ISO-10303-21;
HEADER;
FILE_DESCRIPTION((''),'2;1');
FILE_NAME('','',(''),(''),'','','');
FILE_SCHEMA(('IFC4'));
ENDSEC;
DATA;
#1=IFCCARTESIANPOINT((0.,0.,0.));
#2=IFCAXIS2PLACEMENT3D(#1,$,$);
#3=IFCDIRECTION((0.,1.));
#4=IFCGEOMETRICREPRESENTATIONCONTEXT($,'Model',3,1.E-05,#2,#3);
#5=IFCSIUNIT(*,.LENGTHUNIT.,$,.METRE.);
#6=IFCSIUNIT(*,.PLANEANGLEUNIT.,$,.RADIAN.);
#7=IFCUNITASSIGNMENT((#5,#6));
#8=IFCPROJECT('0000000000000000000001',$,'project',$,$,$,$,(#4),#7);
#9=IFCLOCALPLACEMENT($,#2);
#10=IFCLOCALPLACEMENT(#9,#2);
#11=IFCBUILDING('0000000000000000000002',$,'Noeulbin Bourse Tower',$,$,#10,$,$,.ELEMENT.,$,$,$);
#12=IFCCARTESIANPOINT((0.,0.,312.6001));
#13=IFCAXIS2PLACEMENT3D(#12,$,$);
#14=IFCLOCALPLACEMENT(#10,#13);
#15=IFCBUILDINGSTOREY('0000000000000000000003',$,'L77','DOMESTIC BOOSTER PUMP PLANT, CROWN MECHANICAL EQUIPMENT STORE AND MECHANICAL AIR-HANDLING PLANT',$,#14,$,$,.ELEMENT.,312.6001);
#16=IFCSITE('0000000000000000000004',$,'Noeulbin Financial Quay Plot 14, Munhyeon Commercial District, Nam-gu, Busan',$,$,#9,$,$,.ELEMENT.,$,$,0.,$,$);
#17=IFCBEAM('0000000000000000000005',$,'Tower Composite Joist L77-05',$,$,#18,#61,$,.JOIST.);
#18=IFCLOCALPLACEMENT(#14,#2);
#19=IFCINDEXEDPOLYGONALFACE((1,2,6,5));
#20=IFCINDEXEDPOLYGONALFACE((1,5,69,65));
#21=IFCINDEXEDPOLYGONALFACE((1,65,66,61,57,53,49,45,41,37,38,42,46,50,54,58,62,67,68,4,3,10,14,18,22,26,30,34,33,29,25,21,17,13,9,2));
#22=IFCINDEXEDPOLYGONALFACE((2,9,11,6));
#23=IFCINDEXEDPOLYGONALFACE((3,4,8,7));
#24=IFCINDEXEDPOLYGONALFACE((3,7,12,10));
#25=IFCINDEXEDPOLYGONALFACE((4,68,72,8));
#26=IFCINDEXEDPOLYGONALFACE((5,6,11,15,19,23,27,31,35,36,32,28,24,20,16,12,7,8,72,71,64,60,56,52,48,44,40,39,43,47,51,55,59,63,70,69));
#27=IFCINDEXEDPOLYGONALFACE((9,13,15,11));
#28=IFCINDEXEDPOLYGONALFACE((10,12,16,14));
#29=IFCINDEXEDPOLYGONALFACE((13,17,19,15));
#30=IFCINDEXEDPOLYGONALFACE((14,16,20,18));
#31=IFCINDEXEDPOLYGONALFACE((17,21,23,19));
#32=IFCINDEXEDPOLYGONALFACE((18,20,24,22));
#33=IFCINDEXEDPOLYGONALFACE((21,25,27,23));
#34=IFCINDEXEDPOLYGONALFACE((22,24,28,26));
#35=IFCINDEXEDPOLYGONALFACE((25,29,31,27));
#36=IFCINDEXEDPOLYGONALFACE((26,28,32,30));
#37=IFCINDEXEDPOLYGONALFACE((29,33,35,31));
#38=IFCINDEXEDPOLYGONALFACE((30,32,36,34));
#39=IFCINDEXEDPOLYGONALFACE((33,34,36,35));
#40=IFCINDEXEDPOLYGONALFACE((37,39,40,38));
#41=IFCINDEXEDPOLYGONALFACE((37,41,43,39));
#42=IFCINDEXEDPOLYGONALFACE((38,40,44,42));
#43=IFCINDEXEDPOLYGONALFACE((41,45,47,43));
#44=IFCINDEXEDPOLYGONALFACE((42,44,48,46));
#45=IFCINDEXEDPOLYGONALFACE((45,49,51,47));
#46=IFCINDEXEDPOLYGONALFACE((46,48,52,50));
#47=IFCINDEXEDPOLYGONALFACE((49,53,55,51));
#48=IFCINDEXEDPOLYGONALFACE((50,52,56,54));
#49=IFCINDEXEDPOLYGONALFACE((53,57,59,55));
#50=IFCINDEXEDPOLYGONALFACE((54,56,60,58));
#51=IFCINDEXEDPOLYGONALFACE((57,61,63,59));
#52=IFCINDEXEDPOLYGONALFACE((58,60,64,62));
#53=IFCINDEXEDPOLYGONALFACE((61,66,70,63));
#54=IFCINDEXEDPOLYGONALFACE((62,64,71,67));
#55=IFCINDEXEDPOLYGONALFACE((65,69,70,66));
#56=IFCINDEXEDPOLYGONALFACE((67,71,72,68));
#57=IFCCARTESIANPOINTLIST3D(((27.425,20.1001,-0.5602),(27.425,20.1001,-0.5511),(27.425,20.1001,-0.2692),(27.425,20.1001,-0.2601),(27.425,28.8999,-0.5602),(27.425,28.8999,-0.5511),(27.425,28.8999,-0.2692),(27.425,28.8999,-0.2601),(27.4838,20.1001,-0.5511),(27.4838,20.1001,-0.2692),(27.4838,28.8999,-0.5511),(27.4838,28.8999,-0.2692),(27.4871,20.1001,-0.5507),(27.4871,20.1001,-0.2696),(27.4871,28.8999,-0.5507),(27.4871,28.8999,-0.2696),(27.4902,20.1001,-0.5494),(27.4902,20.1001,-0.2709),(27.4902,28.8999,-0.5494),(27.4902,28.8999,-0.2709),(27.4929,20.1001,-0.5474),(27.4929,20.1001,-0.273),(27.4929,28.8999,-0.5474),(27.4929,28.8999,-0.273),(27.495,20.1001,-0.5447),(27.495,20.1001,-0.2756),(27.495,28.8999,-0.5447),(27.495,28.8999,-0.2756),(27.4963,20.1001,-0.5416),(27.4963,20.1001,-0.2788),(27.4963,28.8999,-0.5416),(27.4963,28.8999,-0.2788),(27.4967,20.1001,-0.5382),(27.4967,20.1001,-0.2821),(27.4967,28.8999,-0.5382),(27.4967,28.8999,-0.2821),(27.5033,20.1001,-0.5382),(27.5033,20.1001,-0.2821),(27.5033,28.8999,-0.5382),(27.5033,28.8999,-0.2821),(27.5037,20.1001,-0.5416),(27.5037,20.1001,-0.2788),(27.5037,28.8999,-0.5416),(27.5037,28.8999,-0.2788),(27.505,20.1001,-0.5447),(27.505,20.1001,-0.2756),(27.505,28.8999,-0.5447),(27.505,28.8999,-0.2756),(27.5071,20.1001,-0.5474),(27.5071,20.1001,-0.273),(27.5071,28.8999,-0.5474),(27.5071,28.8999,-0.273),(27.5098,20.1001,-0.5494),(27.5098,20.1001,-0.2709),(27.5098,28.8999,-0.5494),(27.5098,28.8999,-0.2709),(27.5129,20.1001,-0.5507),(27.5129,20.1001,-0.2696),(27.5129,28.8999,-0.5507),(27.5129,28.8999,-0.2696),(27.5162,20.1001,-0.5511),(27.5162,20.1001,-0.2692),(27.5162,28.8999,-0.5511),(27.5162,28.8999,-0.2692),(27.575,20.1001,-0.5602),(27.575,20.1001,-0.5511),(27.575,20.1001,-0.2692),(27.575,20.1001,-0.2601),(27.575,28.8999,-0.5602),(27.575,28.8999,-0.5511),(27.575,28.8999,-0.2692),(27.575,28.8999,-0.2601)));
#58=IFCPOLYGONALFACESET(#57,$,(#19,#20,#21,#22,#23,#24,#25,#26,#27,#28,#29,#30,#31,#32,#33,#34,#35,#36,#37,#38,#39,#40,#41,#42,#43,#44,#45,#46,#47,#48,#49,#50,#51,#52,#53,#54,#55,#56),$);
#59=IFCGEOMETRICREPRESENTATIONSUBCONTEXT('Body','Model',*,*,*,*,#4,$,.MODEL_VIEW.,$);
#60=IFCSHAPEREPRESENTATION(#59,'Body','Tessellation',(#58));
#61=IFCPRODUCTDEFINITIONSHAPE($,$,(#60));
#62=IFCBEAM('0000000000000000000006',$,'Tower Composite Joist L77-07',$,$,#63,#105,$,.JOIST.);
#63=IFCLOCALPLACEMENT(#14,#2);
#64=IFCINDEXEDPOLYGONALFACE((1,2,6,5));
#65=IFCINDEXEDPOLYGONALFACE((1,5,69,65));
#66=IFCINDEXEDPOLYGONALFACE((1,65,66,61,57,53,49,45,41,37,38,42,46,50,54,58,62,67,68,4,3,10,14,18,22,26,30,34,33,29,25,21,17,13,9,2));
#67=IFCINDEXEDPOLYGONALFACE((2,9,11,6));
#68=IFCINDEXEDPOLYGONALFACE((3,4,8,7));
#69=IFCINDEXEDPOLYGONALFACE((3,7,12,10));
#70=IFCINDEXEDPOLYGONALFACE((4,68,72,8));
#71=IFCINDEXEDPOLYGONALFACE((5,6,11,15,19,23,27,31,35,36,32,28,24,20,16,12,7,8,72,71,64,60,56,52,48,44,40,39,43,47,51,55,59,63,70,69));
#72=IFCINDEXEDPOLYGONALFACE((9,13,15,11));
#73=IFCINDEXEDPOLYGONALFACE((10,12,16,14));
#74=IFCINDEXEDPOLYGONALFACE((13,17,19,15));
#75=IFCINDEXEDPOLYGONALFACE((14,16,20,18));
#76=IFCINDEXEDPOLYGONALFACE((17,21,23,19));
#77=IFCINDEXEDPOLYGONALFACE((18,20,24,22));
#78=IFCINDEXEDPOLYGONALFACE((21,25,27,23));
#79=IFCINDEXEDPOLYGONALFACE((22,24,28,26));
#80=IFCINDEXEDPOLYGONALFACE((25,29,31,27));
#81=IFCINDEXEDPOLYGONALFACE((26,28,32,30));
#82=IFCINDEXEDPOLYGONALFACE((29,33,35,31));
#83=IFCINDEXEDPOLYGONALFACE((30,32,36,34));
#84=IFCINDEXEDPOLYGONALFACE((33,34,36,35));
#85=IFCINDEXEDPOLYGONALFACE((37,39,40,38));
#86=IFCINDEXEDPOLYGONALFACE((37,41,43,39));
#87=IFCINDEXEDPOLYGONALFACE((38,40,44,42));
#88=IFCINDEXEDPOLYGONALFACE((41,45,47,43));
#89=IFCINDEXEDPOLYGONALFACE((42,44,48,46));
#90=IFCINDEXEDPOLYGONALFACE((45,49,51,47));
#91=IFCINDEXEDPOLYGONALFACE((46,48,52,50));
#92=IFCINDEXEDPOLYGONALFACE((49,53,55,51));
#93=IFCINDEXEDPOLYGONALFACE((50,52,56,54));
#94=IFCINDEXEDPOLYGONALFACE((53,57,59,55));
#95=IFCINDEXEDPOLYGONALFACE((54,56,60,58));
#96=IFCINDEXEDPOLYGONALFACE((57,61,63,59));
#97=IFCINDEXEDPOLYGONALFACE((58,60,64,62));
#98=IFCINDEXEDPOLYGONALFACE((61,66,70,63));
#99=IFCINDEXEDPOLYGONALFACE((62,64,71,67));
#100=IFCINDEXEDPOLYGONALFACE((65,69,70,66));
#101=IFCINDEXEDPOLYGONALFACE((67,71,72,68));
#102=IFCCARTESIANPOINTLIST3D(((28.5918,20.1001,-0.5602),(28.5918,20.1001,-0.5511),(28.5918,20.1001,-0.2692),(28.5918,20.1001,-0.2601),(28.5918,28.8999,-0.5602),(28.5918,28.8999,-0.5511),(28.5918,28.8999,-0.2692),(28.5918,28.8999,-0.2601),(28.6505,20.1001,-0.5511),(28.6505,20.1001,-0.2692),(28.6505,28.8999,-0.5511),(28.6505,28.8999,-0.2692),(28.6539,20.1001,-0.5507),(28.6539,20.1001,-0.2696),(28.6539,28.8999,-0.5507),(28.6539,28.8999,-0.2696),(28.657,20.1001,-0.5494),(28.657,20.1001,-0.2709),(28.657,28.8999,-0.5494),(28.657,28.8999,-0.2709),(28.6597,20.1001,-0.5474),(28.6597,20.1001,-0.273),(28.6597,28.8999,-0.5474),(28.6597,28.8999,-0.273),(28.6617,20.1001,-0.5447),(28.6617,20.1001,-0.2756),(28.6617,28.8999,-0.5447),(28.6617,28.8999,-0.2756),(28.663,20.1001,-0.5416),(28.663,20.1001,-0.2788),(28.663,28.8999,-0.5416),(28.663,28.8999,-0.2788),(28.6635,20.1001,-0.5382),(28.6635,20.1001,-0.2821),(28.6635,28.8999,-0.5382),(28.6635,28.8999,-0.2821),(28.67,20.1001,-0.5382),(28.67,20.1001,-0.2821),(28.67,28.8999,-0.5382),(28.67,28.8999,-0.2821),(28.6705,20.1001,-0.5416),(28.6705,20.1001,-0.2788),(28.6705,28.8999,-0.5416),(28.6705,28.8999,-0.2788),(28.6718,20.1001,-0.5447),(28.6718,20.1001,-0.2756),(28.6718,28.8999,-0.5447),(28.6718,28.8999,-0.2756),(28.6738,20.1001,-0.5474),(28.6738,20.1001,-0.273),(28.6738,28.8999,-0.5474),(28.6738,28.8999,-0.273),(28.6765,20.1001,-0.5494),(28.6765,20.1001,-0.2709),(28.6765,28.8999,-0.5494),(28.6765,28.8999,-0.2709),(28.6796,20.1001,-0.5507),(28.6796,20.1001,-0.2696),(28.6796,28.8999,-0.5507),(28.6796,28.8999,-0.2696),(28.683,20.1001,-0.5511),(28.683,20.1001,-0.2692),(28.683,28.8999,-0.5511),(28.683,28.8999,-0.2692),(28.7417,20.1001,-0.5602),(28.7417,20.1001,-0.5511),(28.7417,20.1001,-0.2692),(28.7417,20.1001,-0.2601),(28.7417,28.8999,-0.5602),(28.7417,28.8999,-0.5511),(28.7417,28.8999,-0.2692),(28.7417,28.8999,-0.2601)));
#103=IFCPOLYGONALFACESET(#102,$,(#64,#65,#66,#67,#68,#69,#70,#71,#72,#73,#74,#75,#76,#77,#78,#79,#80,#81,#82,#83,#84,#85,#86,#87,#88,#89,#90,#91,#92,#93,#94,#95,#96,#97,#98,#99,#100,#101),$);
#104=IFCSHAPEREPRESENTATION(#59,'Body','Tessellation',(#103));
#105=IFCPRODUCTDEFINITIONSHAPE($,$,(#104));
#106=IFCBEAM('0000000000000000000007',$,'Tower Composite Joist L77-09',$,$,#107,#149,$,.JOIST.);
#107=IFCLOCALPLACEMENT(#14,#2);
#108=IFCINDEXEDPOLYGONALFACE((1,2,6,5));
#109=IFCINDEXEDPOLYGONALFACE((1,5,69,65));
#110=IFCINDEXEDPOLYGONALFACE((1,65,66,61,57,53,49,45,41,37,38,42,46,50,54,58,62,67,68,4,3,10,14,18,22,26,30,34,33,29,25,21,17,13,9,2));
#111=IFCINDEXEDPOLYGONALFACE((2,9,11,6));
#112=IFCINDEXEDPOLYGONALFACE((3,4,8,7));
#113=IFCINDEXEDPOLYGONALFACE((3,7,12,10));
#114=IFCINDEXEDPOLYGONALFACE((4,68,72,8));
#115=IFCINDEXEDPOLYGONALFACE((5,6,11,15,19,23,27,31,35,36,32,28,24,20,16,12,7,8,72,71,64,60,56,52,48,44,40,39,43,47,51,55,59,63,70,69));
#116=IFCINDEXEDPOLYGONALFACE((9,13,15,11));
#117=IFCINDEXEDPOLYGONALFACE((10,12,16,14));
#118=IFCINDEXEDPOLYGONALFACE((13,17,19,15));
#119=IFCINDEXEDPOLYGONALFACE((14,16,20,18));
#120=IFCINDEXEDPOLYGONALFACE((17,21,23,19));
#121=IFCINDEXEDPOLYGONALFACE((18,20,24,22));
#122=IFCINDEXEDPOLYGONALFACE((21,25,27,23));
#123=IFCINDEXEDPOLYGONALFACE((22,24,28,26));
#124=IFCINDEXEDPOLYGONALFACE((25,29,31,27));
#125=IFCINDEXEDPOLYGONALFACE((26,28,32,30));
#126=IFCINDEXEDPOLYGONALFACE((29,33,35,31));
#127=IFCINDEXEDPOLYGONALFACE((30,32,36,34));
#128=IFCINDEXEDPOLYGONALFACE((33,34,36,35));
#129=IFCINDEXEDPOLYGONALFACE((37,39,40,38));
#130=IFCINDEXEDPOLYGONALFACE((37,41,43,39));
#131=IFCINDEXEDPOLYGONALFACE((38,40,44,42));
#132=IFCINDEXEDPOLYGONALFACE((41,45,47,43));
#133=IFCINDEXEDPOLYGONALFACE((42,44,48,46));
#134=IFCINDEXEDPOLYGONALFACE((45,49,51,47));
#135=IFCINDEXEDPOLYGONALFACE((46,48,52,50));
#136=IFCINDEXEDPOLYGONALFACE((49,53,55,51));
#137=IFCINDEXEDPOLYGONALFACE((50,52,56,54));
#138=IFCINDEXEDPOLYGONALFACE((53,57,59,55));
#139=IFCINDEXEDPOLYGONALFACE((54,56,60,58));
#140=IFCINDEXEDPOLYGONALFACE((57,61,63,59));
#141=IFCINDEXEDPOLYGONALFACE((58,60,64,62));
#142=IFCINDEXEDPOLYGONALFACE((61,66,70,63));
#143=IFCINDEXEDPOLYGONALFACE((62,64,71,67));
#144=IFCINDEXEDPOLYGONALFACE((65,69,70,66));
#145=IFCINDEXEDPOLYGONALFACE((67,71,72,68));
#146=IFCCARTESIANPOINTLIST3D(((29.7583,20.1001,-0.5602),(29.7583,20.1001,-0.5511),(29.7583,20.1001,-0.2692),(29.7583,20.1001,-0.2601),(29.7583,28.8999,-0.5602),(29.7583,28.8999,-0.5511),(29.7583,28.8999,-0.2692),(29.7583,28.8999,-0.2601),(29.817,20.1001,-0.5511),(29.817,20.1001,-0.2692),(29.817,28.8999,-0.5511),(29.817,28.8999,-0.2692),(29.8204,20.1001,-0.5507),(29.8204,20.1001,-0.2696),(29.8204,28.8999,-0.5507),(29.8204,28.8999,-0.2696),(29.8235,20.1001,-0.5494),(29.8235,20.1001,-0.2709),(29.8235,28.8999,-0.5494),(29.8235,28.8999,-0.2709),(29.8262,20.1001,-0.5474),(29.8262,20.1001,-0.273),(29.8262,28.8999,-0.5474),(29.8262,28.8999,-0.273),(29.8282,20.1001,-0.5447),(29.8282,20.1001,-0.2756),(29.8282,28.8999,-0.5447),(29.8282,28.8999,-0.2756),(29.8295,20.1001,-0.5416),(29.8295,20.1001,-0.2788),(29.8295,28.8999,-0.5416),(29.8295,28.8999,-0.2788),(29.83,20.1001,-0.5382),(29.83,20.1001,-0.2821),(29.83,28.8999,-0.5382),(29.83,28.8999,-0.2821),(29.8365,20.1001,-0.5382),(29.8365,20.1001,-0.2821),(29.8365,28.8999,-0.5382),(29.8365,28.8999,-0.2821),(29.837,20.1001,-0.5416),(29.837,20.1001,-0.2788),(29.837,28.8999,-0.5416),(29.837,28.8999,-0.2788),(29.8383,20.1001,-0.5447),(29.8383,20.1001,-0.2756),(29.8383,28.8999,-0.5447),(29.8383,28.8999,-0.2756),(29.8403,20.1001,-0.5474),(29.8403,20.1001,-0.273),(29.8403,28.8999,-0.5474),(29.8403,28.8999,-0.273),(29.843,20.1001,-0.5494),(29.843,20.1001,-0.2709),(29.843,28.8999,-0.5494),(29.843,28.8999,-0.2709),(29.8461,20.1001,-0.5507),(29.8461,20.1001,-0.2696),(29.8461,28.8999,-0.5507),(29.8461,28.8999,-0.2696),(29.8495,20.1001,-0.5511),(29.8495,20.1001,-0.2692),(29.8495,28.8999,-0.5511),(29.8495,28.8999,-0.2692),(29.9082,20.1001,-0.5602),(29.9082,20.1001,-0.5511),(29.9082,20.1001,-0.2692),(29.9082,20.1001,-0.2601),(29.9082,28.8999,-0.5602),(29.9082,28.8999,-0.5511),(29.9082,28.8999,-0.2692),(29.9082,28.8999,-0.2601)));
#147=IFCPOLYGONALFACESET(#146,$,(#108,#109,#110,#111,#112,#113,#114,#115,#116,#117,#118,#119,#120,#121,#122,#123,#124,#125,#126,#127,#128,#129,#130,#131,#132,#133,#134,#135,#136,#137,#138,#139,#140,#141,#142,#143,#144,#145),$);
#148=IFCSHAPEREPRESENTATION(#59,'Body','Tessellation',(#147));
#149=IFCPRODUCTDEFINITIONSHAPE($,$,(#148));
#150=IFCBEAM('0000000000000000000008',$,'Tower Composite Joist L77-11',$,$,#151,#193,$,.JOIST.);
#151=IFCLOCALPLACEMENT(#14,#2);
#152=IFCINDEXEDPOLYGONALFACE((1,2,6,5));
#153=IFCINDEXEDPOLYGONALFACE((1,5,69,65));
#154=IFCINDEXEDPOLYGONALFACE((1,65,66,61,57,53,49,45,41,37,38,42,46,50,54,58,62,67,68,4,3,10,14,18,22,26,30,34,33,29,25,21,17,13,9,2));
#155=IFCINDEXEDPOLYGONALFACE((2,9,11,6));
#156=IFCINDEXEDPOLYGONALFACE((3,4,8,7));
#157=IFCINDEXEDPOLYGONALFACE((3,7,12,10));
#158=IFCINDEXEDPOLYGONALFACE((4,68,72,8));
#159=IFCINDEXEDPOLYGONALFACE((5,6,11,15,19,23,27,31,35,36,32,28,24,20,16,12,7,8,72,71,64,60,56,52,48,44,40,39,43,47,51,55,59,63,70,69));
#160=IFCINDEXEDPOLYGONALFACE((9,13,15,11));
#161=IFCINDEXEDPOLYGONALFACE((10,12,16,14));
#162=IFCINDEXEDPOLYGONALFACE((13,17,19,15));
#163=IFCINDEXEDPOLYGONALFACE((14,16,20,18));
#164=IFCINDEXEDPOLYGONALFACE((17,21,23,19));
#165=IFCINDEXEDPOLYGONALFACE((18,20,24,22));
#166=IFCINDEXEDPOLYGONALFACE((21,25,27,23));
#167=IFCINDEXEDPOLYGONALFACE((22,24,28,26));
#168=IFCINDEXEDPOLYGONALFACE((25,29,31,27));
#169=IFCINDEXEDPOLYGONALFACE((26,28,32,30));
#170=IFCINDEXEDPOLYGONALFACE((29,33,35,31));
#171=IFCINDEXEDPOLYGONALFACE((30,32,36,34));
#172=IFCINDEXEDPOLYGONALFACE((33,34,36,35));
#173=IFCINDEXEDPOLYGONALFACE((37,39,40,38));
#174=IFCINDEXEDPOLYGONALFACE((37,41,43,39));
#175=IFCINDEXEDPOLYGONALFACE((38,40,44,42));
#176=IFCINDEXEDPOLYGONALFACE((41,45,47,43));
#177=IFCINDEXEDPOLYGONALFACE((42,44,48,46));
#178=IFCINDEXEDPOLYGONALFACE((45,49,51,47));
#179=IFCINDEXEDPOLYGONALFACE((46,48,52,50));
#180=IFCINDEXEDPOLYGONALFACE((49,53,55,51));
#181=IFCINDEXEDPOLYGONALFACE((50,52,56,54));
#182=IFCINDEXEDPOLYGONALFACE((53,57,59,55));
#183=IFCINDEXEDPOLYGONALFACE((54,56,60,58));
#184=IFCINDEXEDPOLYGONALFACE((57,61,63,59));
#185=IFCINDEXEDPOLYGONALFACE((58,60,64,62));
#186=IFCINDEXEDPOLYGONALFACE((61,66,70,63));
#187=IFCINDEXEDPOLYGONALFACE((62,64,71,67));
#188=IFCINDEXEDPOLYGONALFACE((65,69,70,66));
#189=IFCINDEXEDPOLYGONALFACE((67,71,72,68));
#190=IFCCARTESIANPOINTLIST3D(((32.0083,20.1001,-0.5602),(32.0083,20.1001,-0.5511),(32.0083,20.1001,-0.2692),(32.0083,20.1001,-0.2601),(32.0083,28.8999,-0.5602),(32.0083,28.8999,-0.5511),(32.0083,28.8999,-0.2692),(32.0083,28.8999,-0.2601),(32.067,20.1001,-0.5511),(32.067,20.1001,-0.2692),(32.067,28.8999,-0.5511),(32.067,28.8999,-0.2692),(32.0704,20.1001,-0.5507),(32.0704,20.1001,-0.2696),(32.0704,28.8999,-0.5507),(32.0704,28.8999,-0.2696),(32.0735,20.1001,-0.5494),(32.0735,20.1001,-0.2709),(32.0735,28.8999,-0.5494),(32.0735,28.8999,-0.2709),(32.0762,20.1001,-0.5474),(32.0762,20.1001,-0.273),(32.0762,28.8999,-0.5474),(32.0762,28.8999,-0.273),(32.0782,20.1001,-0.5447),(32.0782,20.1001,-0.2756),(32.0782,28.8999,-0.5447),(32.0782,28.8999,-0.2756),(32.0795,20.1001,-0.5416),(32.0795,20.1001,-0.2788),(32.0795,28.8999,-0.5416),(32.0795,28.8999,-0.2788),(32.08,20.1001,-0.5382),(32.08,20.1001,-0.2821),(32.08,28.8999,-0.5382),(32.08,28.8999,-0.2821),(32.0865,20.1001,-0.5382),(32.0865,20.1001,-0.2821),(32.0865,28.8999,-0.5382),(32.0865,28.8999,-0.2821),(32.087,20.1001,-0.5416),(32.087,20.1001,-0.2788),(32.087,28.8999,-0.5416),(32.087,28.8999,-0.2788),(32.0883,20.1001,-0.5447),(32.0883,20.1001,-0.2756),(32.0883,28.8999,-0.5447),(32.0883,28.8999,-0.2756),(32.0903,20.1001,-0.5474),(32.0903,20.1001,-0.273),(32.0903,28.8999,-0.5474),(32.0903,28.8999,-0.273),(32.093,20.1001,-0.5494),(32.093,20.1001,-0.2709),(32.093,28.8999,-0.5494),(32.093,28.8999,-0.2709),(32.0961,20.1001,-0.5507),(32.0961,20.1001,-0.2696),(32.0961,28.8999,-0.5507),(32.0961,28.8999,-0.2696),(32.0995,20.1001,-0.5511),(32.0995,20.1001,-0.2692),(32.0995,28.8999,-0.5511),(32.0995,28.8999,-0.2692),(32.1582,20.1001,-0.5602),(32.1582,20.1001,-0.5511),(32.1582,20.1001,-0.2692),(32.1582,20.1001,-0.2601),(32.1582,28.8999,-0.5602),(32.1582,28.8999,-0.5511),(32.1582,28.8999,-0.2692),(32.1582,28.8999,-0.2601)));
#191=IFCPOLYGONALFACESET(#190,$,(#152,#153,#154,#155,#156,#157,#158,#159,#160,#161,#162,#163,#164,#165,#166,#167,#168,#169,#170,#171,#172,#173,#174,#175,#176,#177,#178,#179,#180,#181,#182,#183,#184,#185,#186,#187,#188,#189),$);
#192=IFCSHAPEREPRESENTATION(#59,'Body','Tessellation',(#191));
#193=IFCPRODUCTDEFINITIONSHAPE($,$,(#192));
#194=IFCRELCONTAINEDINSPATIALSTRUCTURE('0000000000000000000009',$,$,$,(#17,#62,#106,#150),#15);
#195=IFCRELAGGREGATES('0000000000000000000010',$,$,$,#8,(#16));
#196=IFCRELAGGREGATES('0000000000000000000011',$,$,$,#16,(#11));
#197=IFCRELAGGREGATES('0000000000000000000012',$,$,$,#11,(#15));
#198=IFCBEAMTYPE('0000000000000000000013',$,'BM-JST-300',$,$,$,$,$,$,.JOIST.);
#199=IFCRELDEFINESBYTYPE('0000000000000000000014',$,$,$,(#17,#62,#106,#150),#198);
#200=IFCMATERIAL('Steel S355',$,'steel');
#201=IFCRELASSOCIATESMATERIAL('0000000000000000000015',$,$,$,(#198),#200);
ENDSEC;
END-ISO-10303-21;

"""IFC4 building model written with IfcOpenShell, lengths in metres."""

from ifc_helpers import new_model, si_unit, direction, frame, origin, origin_2d, place, context, subcontext, project, spatial, i_section, extrude, material, material_profile, profile_set, type_object, element, save


model = new_model("IFC4")

# Units and contexts
model_context = context("Model", 3, precision=1e-05, world=origin(), true_north=direction((0.0, 1.0)))
body_context = subcontext(model_context, "Body", "Model", "MODEL_VIEW")
ifc_project = project(units=[si_unit("LENGTHUNIT", "METRE"), si_unit("PLANEANGLEUNIT", "RADIAN")], contexts=[model_context])

# Site, building, storey
site_placement = place(None, origin())
site = spatial("IfcSite", under=ifc_project, at=site_placement, Name="Noeulbin Financial Quay Plot 14, Munhyeon Commercial District, Nam-gu, Busan", CompositionType="ELEMENT", RefElevation=0.0)
building_placement = place(site_placement, origin())
building = spatial("IfcBuilding", under=site, at=building_placement, Name="Noeulbin Bourse Tower", CompositionType="ELEMENT")
storey_placement = place(building_placement, frame((0.0, 0.0, 312.6001)))
storey = spatial("IfcBuildingStorey", under=building, at=storey_placement, Name="L77", Description="DOMESTIC BOOSTER PUMP PLANT, CROWN MECHANICAL EQUIPMENT STORE AND MECHANICAL AIR-HANDLING PLANT", CompositionType="ELEMENT", Elevation=312.6001)

# Shared definitions
ifc_material_1 = material(Name="Steel S355", Category="steel")

# Beams
ifc_material_profile_1 = material_profile(ifc_material_1, i_section(OverallWidth=0.1499, OverallDepth=0.3, WebThickness=0.0066, FlangeThickness=0.009, FilletRadius=0.0129, at=origin_2d()), Name="H-300x150x6.5x9", Category="LoadBearing")
ifc_profile_set_1 = profile_set([ifc_material_profile_1], Name="Steel S355")
beam_type_1 = type_object("IfcBeamType", Name="BM-JST-300", PredefinedType="JOIST", material=ifc_profile_set_1)
for number, where, z_axis, x_axis, name in (
    (1, (27.5, 20.1001, -0.4102), (0.0, 1.0, 0.0), (-1.0, 0.0, 0.0), "Tower Composite Joist L77-05"),
    (2, (28.6667, 20.1001, -0.4102), (0.0, 1.0, 0.0), (-1.0, 0.0, 0.0), "Tower Composite Joist L77-07"),
    (3, (29.8333, 20.1001, -0.4102), (0.0, 1.0, 0.0), (-1.0, 0.0, 0.0), "Tower Composite Joist L77-09"),
    (4, (32.0833, 20.1001, -0.4102), (0.0, 1.0, 0.0), (-1.0, 0.0, 0.0), "Tower Composite Joist L77-11"),
):
    element("IfcBeam", number, at=place(storey_placement, frame(where, z_axis=z_axis, x_axis=x_axis)), inside=storey, type_object=beam_type_1, Name=name, PredefinedType="JOIST", context=body_context, shape_type="SweptSolid", body=[
        extrude(i_section(OverallWidth=0.1499, OverallDepth=0.3, WebThickness=0.0066, FlangeThickness=0.009, FilletRadius=0.0129, at=origin_2d()), origin(), (0.0, 0.0, 1.0), 8.7998),
    ])

save(model, "model.ifc")
